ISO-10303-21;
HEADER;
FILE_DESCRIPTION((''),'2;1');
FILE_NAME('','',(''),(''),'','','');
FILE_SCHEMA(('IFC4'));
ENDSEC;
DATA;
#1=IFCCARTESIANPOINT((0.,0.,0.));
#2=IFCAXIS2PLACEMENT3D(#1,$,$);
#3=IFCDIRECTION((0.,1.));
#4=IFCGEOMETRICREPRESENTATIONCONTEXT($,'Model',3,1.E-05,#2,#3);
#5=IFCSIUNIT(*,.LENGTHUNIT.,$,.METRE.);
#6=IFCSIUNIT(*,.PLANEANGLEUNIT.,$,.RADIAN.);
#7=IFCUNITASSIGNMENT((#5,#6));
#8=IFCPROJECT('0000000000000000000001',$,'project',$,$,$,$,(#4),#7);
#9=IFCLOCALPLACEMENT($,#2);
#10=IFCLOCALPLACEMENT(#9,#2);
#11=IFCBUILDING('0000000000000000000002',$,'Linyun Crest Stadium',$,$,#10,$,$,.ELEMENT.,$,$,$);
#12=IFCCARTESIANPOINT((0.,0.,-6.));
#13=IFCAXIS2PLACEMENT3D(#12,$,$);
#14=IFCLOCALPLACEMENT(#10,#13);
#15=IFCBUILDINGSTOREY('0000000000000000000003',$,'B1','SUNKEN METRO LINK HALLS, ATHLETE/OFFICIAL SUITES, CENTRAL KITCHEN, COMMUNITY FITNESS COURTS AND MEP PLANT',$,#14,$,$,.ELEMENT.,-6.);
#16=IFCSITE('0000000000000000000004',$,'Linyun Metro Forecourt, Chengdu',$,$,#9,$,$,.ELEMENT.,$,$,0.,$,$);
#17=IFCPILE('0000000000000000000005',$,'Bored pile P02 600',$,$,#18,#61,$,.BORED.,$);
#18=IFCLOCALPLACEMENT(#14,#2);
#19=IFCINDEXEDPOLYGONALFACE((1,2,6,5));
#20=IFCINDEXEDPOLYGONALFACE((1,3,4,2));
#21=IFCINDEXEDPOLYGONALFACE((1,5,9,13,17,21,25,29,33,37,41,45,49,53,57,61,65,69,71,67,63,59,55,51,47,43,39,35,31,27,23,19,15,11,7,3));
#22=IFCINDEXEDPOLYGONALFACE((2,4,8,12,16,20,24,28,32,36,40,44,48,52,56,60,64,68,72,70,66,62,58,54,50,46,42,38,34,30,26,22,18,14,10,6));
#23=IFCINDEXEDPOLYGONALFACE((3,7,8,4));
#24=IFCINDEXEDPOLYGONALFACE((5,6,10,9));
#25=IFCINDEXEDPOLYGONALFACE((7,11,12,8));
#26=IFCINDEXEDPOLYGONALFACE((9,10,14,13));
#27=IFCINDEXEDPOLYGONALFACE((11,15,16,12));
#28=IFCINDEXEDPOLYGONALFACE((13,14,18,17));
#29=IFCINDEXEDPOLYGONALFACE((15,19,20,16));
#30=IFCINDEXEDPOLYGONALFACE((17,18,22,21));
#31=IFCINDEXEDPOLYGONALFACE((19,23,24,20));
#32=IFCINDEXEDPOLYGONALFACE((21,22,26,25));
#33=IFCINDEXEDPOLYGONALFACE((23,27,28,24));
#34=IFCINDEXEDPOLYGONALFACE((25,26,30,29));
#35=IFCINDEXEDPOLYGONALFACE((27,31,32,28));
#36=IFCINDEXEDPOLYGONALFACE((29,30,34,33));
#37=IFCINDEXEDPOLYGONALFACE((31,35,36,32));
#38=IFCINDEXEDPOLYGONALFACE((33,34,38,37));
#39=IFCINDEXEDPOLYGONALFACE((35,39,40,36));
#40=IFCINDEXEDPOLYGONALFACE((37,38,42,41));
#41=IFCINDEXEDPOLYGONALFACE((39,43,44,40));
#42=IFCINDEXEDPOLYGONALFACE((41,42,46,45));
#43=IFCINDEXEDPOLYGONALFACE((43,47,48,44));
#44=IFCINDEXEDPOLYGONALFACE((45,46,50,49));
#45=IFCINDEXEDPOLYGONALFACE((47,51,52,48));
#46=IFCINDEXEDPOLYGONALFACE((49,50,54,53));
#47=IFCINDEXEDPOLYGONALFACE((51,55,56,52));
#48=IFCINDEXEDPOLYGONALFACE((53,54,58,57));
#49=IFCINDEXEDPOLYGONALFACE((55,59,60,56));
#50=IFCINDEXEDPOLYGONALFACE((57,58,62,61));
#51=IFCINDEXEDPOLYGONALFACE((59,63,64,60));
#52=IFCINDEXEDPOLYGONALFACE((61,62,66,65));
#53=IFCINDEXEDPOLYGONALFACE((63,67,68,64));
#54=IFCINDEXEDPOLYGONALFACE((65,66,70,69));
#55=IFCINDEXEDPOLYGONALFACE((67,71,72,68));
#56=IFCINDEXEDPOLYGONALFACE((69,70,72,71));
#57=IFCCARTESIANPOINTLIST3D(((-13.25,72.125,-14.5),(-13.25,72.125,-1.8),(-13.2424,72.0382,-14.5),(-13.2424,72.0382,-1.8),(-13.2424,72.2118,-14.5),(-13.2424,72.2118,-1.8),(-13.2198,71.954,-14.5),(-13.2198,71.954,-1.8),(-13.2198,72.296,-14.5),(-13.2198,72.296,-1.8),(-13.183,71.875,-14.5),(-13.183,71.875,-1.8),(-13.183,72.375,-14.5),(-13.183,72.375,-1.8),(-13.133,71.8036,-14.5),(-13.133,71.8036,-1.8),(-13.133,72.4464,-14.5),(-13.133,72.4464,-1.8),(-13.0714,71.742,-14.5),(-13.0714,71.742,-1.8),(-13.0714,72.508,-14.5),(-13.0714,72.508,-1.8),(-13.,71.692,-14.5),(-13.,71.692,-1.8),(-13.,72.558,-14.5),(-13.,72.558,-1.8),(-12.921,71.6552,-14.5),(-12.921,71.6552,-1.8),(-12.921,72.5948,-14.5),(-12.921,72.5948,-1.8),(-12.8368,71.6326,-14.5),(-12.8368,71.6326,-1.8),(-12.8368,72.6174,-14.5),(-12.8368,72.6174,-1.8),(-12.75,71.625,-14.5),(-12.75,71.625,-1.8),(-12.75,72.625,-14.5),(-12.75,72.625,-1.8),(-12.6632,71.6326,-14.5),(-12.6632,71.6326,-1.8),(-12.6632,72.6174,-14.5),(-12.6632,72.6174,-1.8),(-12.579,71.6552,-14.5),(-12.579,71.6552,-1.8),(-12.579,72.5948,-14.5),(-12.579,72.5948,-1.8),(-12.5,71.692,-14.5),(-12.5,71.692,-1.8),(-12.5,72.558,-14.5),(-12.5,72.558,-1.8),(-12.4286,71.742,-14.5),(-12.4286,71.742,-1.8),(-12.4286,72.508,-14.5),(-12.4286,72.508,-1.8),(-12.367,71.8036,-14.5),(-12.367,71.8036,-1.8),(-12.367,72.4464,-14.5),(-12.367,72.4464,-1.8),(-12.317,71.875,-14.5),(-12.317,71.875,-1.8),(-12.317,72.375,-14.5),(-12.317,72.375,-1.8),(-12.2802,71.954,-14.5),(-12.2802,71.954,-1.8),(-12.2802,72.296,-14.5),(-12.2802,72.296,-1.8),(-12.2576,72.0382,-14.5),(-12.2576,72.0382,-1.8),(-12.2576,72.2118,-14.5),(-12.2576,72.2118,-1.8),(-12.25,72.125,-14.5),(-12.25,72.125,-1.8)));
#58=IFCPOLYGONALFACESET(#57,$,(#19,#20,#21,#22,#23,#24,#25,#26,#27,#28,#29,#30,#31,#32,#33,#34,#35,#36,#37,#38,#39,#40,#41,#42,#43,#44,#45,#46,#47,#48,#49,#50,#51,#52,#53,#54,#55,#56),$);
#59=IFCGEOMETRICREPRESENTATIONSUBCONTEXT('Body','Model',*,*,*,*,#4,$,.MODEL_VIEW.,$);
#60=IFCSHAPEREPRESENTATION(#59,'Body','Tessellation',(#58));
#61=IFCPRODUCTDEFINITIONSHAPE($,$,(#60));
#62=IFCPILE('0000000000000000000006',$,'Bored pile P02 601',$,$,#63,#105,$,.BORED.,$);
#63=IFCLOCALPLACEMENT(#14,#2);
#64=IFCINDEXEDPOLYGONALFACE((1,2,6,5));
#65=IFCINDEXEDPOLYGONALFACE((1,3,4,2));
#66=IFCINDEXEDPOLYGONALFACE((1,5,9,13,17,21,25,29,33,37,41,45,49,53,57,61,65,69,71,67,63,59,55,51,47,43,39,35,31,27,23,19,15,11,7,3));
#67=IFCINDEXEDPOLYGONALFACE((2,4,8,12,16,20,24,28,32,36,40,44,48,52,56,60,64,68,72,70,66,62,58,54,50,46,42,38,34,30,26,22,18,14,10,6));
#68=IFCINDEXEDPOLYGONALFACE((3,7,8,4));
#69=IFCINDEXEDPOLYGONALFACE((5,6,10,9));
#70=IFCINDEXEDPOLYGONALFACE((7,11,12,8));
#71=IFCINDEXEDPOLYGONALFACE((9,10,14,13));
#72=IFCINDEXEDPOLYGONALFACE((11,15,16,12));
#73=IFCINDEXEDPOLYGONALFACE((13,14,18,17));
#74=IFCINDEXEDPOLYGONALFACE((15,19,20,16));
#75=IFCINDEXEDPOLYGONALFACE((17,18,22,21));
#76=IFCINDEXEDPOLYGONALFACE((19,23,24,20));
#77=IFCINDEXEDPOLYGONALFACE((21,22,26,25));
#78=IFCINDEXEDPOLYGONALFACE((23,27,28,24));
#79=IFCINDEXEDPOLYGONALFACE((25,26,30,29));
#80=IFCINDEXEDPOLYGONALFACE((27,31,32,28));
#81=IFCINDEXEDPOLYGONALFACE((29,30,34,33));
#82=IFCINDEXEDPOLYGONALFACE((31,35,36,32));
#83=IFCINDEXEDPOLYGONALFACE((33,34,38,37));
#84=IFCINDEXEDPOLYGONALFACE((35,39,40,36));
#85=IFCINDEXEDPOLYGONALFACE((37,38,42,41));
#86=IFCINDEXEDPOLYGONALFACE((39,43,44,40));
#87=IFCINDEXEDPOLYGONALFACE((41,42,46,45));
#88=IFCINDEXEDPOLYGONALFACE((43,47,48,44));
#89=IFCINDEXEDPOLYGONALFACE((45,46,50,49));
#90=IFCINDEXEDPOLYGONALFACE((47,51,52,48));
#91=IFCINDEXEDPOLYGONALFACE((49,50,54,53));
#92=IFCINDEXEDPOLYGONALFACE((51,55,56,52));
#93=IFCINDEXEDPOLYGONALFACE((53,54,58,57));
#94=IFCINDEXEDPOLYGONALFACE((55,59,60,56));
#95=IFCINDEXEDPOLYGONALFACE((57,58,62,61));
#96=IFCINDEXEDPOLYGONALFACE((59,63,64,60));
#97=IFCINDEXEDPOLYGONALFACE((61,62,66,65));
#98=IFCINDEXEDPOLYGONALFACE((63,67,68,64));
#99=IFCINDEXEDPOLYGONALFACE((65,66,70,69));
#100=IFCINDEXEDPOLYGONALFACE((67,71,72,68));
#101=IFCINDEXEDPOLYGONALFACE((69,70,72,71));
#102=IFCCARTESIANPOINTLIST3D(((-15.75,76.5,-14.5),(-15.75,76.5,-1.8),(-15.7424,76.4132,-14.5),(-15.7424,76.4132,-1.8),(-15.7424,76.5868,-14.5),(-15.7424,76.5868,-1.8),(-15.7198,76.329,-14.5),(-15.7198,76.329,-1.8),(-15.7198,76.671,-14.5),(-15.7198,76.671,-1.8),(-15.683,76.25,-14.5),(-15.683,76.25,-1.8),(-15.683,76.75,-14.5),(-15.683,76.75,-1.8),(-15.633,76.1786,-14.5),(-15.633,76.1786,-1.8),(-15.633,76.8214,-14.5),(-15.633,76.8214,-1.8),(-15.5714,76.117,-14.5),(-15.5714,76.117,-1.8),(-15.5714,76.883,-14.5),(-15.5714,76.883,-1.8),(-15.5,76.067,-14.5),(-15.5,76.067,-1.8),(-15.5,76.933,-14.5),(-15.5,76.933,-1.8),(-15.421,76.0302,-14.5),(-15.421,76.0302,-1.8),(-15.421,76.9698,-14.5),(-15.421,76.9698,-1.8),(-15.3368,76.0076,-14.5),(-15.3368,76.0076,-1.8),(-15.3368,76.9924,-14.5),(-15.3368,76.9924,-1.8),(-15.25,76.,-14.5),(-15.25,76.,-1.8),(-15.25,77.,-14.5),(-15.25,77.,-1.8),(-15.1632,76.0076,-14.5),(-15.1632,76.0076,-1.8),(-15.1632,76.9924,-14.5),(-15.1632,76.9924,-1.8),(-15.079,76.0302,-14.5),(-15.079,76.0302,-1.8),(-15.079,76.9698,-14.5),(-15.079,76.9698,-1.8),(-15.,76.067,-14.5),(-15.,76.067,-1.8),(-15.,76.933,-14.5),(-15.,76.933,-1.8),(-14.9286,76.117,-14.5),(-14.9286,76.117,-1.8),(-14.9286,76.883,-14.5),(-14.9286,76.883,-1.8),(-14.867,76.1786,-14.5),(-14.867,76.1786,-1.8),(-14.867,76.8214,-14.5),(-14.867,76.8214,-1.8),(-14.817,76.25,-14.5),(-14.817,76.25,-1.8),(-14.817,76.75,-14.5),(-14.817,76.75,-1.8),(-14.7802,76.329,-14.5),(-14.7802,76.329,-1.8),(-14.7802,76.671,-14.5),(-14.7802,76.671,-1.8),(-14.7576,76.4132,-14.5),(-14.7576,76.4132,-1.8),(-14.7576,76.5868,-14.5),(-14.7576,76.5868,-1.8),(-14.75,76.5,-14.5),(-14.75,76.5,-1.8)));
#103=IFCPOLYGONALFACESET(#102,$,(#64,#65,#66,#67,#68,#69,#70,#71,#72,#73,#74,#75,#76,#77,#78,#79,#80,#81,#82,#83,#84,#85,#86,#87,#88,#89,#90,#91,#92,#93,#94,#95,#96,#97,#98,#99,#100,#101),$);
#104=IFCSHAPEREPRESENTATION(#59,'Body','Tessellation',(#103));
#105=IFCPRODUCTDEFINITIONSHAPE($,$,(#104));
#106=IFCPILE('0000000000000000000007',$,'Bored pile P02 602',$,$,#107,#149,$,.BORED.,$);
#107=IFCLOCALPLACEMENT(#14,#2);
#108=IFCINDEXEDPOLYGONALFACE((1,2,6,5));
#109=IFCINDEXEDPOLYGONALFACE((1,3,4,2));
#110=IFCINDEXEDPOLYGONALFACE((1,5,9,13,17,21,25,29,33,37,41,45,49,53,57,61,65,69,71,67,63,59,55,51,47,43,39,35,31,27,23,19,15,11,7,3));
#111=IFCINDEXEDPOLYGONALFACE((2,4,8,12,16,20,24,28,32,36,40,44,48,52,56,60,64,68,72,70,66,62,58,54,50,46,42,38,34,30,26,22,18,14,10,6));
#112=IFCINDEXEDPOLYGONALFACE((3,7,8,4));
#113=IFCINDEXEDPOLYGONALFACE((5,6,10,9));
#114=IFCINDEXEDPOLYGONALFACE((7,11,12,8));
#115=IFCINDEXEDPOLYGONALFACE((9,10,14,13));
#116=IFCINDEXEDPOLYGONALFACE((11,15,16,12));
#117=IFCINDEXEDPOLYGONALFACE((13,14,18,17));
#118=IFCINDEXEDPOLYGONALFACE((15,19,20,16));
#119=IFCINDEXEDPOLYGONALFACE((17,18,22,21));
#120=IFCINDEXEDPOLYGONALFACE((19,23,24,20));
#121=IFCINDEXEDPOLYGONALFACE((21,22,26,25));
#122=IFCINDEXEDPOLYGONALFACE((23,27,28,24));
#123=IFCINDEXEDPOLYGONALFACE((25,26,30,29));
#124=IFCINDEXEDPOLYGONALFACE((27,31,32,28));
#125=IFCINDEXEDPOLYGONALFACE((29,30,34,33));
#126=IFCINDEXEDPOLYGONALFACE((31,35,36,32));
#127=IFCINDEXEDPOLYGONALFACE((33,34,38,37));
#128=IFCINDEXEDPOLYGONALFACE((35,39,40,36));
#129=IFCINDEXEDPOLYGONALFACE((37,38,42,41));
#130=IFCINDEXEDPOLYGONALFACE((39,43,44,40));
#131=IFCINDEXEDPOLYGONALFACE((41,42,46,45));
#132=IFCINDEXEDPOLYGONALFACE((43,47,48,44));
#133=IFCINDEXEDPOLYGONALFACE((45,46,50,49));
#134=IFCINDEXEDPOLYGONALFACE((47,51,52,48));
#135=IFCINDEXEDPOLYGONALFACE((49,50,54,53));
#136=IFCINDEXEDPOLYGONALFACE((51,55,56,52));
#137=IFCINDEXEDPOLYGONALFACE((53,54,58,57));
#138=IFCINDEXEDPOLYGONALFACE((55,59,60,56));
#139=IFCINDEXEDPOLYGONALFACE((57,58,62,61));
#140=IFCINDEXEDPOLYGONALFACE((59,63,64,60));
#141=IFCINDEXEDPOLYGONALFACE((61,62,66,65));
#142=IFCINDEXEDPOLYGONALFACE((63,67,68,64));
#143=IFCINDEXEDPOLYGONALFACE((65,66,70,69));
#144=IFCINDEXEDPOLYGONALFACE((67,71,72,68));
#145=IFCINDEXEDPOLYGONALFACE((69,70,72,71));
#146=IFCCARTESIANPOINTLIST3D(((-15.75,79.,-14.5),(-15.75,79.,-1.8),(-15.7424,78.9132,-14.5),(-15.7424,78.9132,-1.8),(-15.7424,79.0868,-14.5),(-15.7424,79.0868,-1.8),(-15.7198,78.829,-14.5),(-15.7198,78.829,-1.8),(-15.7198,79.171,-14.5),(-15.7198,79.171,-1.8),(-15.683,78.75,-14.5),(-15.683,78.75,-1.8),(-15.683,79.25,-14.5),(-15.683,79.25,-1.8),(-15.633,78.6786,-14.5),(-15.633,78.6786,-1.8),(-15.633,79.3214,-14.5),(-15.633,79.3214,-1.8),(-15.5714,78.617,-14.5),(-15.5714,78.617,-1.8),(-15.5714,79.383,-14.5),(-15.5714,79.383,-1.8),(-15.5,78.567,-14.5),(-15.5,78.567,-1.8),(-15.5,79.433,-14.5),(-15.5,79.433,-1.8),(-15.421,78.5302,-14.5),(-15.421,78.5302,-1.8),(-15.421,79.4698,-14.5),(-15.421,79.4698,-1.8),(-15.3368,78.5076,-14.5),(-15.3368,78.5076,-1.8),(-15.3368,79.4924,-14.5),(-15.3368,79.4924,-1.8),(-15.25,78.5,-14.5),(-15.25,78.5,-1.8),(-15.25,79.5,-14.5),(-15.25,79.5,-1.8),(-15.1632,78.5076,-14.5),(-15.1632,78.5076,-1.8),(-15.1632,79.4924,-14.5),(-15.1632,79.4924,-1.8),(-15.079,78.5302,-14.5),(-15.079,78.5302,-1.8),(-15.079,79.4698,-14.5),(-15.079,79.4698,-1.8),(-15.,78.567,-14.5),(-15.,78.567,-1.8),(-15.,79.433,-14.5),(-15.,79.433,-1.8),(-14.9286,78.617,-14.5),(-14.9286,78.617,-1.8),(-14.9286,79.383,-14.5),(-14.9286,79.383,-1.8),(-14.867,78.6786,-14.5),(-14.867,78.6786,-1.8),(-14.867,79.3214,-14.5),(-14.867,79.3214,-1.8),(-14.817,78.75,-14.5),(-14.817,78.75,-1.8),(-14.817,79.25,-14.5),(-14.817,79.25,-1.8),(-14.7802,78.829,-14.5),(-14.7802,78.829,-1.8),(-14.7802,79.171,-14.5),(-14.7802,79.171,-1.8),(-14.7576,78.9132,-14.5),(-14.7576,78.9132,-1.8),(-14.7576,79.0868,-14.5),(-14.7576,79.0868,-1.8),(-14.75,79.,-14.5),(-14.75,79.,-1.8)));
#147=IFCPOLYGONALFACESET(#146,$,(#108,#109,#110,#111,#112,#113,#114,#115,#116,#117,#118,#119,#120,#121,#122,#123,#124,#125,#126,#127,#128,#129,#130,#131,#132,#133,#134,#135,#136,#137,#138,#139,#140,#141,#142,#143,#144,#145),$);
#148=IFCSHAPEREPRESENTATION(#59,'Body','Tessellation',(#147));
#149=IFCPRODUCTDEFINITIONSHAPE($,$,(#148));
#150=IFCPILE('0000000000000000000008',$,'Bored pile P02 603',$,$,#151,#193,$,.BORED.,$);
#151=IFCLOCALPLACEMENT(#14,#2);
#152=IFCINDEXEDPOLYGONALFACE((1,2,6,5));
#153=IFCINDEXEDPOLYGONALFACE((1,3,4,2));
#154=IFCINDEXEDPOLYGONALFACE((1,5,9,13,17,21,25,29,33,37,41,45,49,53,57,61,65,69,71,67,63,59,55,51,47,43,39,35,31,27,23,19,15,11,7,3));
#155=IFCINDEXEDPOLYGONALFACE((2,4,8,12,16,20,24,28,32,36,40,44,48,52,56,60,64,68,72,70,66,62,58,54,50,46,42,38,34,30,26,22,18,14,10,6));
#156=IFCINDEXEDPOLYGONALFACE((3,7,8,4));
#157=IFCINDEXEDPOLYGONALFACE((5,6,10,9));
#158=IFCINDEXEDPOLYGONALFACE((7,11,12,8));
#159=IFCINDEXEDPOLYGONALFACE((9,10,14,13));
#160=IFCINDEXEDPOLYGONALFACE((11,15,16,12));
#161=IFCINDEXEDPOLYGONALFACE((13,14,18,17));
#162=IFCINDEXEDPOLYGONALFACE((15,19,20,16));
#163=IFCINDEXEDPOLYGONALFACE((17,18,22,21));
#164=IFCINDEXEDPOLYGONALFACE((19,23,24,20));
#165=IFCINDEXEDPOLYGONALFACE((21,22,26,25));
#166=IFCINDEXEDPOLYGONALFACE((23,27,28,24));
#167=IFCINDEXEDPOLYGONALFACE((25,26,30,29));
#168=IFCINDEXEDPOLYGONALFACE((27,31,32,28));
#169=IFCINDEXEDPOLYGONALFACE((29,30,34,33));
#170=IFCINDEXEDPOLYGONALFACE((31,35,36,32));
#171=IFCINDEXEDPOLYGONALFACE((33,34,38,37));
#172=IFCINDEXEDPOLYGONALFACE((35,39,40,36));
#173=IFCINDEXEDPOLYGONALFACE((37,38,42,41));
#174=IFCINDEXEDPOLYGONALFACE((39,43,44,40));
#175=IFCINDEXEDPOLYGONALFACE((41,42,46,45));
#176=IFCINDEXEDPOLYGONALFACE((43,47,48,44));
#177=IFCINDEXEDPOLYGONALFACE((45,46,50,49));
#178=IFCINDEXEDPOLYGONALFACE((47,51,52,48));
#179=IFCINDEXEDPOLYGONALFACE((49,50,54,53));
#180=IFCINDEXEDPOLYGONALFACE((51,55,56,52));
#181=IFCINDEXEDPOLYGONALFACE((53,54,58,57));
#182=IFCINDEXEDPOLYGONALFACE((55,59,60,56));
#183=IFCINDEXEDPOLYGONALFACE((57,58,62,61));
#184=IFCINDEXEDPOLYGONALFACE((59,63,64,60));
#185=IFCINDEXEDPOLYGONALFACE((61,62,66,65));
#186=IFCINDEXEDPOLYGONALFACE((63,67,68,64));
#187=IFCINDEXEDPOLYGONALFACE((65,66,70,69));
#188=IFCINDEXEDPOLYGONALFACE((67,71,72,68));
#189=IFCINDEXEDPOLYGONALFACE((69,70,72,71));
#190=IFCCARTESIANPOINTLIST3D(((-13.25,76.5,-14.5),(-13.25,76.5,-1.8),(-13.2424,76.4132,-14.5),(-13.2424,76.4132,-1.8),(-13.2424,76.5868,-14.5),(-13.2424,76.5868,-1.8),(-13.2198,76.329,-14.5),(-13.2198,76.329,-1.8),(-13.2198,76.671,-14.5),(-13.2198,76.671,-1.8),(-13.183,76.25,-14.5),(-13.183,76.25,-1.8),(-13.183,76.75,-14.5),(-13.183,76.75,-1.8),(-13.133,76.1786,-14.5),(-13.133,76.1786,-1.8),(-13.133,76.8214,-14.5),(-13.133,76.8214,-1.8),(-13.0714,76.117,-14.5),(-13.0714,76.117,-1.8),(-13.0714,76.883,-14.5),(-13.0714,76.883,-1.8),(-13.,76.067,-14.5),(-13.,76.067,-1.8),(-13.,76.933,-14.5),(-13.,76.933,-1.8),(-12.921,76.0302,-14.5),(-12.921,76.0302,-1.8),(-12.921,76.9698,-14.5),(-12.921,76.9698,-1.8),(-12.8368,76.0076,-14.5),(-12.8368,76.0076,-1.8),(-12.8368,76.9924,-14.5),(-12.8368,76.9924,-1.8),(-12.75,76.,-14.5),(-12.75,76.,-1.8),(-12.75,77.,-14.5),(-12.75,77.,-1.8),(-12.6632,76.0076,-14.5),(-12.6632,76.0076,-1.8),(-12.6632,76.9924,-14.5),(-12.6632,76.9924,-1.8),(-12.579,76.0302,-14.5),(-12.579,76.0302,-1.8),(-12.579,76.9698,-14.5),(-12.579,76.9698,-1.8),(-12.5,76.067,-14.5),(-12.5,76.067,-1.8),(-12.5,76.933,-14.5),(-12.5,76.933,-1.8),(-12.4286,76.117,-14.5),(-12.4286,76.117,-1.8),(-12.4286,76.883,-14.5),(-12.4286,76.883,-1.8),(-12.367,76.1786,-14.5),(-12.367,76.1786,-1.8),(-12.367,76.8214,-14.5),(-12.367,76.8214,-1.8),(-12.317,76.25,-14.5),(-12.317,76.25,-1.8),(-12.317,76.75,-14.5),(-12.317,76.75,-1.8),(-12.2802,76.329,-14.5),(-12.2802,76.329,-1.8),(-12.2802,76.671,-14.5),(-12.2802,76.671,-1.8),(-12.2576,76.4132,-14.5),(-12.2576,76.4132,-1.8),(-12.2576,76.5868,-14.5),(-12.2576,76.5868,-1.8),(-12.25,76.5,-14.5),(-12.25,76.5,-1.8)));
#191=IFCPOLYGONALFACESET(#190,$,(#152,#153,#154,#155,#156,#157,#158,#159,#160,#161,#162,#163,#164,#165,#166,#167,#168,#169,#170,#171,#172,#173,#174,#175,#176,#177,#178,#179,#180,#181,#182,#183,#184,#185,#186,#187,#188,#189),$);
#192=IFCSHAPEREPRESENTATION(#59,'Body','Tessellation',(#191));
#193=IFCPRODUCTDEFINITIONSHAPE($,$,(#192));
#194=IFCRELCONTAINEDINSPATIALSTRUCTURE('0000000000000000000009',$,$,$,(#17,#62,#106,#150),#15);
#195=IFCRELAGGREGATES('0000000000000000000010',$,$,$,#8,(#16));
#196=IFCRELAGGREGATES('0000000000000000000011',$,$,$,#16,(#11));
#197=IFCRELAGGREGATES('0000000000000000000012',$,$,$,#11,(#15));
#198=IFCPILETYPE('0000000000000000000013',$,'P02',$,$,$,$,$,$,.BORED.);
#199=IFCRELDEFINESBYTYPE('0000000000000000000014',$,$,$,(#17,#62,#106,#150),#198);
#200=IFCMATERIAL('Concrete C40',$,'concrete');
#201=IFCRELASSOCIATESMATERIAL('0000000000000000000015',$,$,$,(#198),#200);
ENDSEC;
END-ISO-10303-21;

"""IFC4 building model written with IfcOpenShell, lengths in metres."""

from ifc_helpers import new_model, si_unit, direction, frame, origin, origin_2d, place, context, subcontext, project, spatial, circle, extrude, material, material_profile, profile_set, type_object, element, save


model = new_model("IFC4")

# Units and contexts
model_context = context("Model", 3, precision=1e-05, world=origin(), true_north=direction((0.0, 1.0)))
body_context = subcontext(model_context, "Body", "Model", "MODEL_VIEW")
ifc_project = project(units=[si_unit("LENGTHUNIT", "METRE"), si_unit("PLANEANGLEUNIT", "RADIAN")], contexts=[model_context])

# Site, building, storey
site_placement = place(None, origin())
site = spatial("IfcSite", under=ifc_project, at=site_placement, Name="Linyun Metro Forecourt, Chengdu", CompositionType="ELEMENT", RefElevation=0.0)
building_placement = place(site_placement, origin())
building = spatial("IfcBuilding", under=site, at=building_placement, Name="Linyun Crest Stadium", CompositionType="ELEMENT")
storey_placement = place(building_placement, frame((0.0, 0.0, -6.0)))
storey = spatial("IfcBuildingStorey", under=building, at=storey_placement, Name="B1", Description="SUNKEN METRO LINK HALLS, ATHLETE/OFFICIAL SUITES, CENTRAL KITCHEN, COMMUNITY FITNESS COURTS AND MEP PLANT", CompositionType="ELEMENT", Elevation=-6.0)

# Piles
ifc_material_1 = material(Name="Concrete C40", Category="concrete")
ifc_material_profile_1 = material_profile(ifc_material_1, circle(Radius=0.5, at=origin_2d()), Name="BORED PILE 1000")
ifc_profile_set_1 = profile_set([ifc_material_profile_1], Name="Concrete C40")
pile_type = type_object("IfcPileType", Name="P02", PredefinedType="BORED", material=ifc_profile_set_1)
for number, where, z_axis, x_axis, name in (
    (1, (-12.75, 72.125, -1.8), (0.0, 0.0, -1.0), (1.0, 0.0, 0.0), "Bored pile P02 600"),
    (2, (-15.25, 76.5, -1.8), (0.0, 0.0, -1.0), (1.0, 0.0, 0.0), "Bored pile P02 601"),
    (3, (-15.25, 79.0, -1.8), (0.0, 0.0, -1.0), (1.0, 0.0, 0.0), "Bored pile P02 602"),
    (4, (-12.75, 76.5, -1.8), (0.0, 0.0, -1.0), (1.0, 0.0, 0.0), "Bored pile P02 603"),
):
    element("IfcPile", number, at=place(storey_placement, frame(where, z_axis=z_axis, x_axis=x_axis)), inside=storey, type_object=pile_type, Name=name, PredefinedType="BORED", context=body_context, shape_type="SweptSolid", body=[
        extrude(circle(Radius=0.5, at=origin_2d()), origin(), (0.0, 0.0, 1.0), 12.7),
    ])

save(model, "model.ifc")
